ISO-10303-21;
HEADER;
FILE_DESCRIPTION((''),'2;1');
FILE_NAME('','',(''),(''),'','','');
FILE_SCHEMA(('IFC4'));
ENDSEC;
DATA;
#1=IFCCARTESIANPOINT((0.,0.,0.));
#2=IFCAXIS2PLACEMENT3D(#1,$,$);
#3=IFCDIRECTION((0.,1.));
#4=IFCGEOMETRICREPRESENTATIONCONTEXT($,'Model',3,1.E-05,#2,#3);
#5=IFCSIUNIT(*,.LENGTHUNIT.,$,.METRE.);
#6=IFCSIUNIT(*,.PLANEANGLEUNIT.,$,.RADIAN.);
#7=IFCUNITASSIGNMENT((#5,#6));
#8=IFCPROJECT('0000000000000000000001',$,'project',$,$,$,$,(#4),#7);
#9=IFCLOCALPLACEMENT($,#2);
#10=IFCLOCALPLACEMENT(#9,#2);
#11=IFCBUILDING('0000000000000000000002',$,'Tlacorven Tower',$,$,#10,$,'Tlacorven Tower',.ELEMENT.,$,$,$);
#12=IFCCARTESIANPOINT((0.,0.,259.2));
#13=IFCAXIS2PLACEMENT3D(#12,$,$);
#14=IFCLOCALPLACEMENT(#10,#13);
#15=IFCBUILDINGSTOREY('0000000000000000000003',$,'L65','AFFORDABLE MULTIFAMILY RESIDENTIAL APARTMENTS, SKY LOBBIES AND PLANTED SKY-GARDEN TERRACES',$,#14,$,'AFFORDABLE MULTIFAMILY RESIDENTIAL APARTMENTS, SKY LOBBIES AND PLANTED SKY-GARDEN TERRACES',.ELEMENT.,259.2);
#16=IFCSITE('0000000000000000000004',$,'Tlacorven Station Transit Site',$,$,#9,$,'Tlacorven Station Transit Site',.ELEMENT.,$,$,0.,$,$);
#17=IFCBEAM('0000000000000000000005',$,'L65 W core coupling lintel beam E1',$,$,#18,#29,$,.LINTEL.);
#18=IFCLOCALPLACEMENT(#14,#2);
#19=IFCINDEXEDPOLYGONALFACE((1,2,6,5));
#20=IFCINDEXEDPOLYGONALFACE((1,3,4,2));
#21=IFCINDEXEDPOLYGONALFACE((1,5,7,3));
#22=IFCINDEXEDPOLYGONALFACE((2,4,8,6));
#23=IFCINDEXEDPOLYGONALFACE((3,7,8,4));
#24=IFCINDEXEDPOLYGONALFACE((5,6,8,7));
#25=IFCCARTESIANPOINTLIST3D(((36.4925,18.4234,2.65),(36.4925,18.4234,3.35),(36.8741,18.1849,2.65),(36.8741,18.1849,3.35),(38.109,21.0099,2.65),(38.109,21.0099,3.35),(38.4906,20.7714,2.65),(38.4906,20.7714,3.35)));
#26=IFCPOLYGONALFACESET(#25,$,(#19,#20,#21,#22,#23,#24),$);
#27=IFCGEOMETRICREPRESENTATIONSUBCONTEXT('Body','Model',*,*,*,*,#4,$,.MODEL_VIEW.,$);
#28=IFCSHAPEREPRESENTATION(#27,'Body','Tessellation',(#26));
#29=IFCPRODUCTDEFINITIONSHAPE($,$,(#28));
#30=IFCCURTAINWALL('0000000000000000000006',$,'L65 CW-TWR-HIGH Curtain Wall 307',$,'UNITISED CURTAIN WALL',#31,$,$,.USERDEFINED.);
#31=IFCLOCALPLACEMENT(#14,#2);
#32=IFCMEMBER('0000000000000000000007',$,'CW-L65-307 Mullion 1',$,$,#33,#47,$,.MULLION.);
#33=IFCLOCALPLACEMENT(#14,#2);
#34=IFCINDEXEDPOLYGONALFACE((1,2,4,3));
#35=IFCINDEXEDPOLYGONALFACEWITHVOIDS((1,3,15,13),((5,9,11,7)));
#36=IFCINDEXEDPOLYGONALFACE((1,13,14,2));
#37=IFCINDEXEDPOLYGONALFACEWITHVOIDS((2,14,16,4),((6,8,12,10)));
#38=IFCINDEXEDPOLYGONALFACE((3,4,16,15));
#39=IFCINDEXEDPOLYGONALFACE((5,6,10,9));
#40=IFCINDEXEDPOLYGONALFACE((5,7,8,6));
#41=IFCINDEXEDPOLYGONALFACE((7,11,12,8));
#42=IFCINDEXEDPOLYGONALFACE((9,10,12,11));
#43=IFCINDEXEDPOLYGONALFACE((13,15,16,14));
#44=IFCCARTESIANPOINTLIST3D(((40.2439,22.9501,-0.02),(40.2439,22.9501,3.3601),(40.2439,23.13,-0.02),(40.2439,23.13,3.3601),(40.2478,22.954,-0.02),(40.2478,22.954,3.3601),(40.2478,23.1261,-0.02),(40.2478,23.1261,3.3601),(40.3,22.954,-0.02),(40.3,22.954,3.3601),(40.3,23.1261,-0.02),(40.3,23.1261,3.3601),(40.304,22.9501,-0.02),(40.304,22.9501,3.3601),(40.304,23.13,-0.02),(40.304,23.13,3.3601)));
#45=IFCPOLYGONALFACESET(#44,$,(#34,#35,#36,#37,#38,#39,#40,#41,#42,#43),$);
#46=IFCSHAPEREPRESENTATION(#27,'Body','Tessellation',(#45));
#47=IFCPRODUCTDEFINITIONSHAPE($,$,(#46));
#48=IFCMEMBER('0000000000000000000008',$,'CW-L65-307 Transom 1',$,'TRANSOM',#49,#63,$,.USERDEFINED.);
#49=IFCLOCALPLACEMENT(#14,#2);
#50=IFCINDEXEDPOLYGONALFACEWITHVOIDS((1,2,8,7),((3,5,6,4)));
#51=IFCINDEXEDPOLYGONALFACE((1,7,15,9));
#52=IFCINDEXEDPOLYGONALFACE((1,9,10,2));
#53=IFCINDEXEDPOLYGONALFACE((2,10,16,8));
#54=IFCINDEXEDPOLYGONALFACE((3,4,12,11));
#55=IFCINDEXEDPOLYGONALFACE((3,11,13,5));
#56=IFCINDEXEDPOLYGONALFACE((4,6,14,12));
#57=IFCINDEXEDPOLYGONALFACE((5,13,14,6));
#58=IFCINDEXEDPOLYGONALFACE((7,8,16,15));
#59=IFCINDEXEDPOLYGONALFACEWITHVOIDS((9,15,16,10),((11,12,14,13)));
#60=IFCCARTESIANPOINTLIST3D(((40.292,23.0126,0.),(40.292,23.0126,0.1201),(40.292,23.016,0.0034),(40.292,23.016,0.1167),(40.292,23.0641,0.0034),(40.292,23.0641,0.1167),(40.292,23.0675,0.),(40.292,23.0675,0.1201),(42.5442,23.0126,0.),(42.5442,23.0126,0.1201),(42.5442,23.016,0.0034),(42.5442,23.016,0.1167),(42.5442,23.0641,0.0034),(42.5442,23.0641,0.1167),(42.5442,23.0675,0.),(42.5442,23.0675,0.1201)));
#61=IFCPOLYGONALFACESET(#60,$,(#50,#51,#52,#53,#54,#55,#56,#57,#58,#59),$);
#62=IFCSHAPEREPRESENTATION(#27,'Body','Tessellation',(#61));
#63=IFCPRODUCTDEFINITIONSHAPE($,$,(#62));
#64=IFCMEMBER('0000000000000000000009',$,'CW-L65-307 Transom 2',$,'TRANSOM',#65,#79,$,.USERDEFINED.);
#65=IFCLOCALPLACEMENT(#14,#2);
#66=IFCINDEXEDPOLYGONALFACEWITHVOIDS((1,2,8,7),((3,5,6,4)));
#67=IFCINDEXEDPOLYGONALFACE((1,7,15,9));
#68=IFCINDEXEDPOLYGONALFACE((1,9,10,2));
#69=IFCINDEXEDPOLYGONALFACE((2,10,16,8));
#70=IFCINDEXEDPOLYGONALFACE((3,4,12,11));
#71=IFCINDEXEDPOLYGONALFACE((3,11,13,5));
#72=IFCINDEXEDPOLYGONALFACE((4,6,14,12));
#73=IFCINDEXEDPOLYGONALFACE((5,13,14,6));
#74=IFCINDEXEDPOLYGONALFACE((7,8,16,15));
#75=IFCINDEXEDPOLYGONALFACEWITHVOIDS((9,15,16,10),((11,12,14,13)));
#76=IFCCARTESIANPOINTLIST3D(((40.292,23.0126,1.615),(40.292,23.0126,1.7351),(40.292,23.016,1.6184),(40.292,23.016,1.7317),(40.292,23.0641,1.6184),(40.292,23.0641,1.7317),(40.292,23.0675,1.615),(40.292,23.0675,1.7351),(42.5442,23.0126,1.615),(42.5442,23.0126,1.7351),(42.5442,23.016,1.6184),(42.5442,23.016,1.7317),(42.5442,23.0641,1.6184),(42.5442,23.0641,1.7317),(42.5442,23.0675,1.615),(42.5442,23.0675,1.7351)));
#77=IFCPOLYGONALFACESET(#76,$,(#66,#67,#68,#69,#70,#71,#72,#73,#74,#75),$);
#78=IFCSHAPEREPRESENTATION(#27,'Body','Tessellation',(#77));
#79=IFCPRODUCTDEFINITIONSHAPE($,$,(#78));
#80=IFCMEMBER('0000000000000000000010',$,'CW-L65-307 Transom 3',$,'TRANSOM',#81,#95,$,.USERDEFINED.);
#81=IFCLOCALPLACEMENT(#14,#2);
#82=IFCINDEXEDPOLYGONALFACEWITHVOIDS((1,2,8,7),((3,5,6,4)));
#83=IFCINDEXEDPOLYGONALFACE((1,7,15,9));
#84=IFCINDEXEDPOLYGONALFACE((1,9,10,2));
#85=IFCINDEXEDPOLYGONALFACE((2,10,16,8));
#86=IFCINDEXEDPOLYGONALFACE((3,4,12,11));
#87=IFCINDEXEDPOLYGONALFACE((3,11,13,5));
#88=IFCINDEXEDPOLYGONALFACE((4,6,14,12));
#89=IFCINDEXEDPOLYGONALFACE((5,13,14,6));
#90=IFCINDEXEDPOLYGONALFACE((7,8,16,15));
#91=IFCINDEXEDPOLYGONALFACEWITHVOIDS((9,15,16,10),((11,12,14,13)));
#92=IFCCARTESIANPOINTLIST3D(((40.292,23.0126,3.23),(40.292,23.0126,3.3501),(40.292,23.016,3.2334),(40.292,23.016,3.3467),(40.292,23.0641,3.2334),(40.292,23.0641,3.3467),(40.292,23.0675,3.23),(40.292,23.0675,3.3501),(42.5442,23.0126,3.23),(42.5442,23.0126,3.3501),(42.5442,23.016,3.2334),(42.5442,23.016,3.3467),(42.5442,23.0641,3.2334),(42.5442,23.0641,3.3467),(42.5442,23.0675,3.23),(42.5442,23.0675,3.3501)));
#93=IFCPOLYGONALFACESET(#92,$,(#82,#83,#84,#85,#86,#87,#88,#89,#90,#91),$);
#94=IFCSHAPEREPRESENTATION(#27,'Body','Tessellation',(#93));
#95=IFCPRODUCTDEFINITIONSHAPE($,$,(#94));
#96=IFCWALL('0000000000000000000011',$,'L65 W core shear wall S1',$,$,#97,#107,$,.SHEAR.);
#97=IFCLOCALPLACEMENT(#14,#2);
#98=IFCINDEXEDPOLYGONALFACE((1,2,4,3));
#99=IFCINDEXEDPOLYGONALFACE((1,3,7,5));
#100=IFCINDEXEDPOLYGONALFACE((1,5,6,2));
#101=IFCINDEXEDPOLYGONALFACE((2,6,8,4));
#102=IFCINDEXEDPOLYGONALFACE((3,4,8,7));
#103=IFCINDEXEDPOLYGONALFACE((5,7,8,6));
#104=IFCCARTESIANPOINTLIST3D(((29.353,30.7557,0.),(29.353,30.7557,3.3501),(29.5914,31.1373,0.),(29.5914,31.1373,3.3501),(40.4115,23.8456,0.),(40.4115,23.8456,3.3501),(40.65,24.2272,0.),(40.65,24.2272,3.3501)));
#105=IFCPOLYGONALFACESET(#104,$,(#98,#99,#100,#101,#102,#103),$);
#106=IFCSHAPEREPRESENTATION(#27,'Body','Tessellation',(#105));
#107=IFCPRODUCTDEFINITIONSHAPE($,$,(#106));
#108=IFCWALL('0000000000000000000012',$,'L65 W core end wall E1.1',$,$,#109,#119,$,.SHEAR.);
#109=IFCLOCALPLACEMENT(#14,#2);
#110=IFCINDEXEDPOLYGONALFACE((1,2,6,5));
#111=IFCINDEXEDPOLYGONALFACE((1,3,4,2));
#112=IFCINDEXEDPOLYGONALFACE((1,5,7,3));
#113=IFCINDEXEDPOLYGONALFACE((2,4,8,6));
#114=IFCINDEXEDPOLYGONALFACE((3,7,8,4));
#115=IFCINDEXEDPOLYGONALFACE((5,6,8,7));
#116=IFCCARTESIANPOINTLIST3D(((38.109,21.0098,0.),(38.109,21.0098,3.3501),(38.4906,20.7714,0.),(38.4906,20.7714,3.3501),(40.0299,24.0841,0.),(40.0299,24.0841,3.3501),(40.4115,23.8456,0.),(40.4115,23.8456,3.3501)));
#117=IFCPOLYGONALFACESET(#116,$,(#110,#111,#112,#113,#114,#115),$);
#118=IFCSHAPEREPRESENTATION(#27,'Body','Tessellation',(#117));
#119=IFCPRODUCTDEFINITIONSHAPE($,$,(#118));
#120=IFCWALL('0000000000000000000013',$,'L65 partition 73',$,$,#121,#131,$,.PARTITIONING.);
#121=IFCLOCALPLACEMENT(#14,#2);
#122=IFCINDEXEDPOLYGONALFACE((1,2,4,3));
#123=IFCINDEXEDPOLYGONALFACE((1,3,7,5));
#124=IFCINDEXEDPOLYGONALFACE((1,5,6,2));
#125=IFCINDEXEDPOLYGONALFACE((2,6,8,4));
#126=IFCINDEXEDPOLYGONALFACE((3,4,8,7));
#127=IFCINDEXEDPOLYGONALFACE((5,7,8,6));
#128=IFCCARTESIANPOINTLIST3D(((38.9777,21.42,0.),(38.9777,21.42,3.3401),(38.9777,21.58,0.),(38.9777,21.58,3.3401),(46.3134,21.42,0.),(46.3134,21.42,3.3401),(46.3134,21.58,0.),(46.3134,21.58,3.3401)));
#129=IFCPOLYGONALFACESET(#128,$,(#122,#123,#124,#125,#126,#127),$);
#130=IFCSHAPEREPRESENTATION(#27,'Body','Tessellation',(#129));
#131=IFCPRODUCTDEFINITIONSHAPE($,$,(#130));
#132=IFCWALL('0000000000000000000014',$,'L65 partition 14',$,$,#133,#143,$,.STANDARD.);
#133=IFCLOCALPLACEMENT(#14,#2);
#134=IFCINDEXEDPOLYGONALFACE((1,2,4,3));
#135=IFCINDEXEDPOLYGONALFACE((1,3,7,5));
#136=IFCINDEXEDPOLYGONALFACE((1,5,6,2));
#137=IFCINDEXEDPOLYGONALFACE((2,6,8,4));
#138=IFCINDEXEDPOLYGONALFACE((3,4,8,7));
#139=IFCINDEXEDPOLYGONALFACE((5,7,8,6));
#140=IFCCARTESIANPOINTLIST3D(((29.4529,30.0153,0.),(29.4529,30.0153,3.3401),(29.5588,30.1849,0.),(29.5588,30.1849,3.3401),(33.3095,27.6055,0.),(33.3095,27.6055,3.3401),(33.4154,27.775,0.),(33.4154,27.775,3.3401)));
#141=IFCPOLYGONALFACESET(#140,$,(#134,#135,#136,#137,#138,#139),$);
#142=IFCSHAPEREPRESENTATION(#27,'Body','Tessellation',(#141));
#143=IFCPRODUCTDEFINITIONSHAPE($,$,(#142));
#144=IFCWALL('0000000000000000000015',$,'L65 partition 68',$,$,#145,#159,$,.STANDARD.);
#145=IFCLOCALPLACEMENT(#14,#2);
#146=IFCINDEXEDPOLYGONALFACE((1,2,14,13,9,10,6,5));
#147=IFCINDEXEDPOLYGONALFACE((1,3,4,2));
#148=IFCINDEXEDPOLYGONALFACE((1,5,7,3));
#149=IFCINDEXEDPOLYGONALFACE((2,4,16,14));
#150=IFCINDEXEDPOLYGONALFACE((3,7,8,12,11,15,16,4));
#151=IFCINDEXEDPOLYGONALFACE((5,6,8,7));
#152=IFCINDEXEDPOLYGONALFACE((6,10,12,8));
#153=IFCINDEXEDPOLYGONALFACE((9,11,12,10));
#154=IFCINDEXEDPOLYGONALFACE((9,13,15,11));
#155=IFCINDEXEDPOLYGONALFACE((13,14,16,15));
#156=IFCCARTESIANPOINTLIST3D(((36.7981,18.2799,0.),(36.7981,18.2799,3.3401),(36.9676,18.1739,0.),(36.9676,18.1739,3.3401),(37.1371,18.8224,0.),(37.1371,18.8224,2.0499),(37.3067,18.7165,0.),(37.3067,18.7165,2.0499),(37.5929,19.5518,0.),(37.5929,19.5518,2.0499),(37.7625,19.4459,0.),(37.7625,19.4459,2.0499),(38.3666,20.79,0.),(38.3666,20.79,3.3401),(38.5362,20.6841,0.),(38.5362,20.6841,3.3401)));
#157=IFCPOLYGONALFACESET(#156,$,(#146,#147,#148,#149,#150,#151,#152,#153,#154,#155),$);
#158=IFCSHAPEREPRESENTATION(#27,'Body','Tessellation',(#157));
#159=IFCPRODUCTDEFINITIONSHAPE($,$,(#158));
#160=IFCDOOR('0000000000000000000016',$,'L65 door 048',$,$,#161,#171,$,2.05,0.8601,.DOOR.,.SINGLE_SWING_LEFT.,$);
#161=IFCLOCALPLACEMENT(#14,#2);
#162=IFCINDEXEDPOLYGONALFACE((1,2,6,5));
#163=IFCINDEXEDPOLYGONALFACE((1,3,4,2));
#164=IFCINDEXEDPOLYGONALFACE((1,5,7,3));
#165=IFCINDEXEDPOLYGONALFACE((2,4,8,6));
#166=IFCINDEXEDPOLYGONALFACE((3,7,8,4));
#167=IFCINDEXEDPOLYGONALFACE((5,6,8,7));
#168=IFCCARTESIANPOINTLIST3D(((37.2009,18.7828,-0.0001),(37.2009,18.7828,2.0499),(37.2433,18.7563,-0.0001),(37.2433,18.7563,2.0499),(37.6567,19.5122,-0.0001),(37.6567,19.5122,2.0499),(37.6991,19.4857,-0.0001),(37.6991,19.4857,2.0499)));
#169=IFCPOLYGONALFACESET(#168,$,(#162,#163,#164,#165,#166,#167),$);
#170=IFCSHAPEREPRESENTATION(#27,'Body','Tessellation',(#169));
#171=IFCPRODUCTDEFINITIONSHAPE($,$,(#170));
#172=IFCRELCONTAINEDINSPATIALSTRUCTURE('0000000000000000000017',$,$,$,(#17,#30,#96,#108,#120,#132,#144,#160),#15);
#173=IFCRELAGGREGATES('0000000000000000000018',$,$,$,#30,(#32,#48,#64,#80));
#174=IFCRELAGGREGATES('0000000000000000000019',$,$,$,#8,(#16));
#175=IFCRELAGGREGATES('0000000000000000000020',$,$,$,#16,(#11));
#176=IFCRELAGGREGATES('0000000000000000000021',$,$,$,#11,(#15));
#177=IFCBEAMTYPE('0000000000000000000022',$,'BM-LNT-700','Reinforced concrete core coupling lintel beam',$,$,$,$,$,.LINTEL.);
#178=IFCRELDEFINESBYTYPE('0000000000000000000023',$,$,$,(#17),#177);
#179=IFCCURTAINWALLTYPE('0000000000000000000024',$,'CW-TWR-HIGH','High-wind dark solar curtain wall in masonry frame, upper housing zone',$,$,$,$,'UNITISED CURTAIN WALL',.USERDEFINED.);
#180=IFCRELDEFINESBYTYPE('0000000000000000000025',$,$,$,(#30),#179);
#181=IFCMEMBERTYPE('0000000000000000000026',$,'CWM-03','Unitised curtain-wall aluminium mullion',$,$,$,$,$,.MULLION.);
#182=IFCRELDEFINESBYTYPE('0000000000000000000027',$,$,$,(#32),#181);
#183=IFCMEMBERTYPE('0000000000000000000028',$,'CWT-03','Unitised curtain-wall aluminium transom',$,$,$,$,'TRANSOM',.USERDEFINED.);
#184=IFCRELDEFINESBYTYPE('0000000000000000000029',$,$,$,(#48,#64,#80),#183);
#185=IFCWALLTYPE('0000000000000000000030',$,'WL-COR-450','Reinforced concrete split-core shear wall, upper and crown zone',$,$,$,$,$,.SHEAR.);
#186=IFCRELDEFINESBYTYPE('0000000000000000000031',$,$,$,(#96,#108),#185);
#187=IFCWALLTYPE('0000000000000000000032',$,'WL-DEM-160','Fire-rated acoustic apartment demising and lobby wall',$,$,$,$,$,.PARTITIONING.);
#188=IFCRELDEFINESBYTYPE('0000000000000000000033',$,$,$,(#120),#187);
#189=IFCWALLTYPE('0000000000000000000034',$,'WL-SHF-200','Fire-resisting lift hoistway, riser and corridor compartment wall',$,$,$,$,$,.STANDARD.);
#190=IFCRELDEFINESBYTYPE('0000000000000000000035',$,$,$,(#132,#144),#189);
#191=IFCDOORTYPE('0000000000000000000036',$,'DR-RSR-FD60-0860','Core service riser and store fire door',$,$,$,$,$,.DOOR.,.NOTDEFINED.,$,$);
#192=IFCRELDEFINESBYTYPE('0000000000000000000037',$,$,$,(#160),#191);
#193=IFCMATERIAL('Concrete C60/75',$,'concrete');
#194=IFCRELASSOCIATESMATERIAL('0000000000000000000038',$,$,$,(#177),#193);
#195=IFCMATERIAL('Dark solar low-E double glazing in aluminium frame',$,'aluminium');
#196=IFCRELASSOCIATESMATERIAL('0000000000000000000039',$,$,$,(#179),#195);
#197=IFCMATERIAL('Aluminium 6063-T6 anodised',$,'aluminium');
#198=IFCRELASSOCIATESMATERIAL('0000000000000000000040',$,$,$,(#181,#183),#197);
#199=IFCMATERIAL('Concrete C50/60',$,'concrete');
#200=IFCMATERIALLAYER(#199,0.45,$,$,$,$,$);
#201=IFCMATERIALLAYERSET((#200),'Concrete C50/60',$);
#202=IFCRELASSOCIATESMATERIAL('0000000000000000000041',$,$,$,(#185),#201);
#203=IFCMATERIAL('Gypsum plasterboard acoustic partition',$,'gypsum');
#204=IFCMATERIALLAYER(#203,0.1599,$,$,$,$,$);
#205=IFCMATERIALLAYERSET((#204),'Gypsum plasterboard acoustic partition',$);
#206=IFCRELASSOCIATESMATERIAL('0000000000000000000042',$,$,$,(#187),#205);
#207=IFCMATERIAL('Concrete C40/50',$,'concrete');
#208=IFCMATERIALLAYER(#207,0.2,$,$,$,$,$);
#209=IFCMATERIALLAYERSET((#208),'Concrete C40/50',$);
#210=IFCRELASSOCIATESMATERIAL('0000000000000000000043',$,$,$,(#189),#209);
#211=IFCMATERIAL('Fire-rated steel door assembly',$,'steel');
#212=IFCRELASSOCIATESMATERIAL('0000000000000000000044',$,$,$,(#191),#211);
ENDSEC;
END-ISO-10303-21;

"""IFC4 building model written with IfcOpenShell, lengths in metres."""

from ifc_helpers import new_model, si_unit, direction, frame, frame_2d, origin, origin_2d, place, context, subcontext, project, spatial, rectangle, hollow_rectangle, extrude, source, transform, mapped, material, layer, layer_set, material_profile, profile_set, type_object, element, fill, aggregate, save


model = new_model("IFC4")

# Units and contexts
model_context = context("Model", 3, precision=1e-05, world=origin(), true_north=direction((0.0, 1.0)))
body_context = subcontext(model_context, "Body", "Model", "MODEL_VIEW")
ifc_project = project(units=[si_unit("LENGTHUNIT", "METRE"), si_unit("PLANEANGLEUNIT", "RADIAN")], contexts=[model_context])

# Site, building, storey
site_placement = place(None, origin())
site = spatial("IfcSite", under=ifc_project, at=site_placement, Name="Tlacorven Station Transit Site", LongName="Tlacorven Station Transit Site", CompositionType="ELEMENT", RefElevation=0.0)
building_placement = place(site_placement, origin())
building = spatial("IfcBuilding", under=site, at=building_placement, Name="Tlacorven Tower", LongName="Tlacorven Tower", CompositionType="ELEMENT")
storey_placement = place(building_placement, frame((0.0, 0.0, 259.2)))
storey = spatial("IfcBuildingStorey", under=building, at=storey_placement, Name="L65", Description="AFFORDABLE MULTIFAMILY RESIDENTIAL APARTMENTS, SKY LOBBIES AND PLANTED SKY-GARDEN TERRACES", LongName="AFFORDABLE MULTIFAMILY RESIDENTIAL APARTMENTS, SKY LOBBIES AND PLANTED SKY-GARDEN TERRACES", CompositionType="ELEMENT", Elevation=259.2)

# Beam
ifc_material_1 = material(Name="Concrete C60/75", Category="concrete")
ifc_material_profile_1 = material_profile(ifc_material_1, rectangle(XDim=0.45, YDim=0.7, at=origin_2d()), Name="RC 450X700")
ifc_profile_set_1 = profile_set([ifc_material_profile_1], Name="Concrete C60/75")
beam_type = type_object("IfcBeamType", Name="BM-LNT-700", Description="Reinforced concrete core coupling lintel beam", PredefinedType="LINTEL", material=ifc_profile_set_1)
shared_shape_1 = source(origin(), body_context, "Body", "SweptSolid", [
    extrude(rectangle(XDim=0.45, YDim=0.7, at=origin_2d()), origin(), (0.0, 0.0, 1.0), 3.05),
])
beam_placement = place(storey_placement, frame((38.2998, 20.8906, 3.0), z_axis=(-0.529985, -0.848007, 0.0), x_axis=(0.848007, -0.529985, 0.0)))
element("IfcBeam", 1, at=beam_placement, inside=storey, type_object=beam_type, Name="L65 W core coupling lintel beam E1", PredefinedType="LINTEL", context=body_context, shape_type="MappedRepresentation", body=[
    mapped(shared_shape_1, transform((0.0, 0.0, 0.0), scale=1.0)),
])

# Curtain wall, members
ifc_material_2 = material(Name="Dark solar low-E double glazing in aluminium frame", Category="aluminium")
curtain_wall_type = type_object("IfcCurtainWallType", Name="CW-TWR-HIGH", Description="High-wind dark solar curtain wall in masonry frame, upper housing zone", ElementType="UNITISED CURTAIN WALL", PredefinedType="USERDEFINED", material=ifc_material_2)
curtain_wall_placement = place(storey_placement, origin())
curtain_wall = element("IfcCurtainWall", 2, at=curtain_wall_placement, inside=storey, type_object=curtain_wall_type, Name="L65 CW-TWR-HIGH Curtain Wall 307", ObjectType="UNITISED CURTAIN WALL", PredefinedType="USERDEFINED")
ifc_material_3 = material(Name="Aluminium 6063-T6 anodised", Category="aluminium")
ifc_material_profile_2 = material_profile(ifc_material_3, hollow_rectangle(XDim=0.0601, YDim=0.1799, WallThickness=0.0039, at=origin_2d()), Name="ALU MULLION 60X180")
ifc_profile_set_2 = profile_set([ifc_material_profile_2], Name="Aluminium 6063-T6 anodised")
member_type_1 = type_object("IfcMemberType", Name="CWM-03", Description="Unitised curtain-wall aluminium mullion", PredefinedType="MULLION", material=ifc_profile_set_2)
shared_shape_2 = source(origin(), body_context, "Body", "SweptSolid", [
    extrude(hollow_rectangle(XDim=0.0601, YDim=0.1799, WallThickness=0.0039, at=origin_2d()), origin(), (0.0, 0.0, 1.0), 3.3801),
])
member_1_placement = place(storey_placement, frame((40.2739, 23.04, -0.02), z_axis=(0.0, 0.0, 1.0), x_axis=(1.0, 0.0, 0.0)))
member_1 = element("IfcMember", 3, at=member_1_placement, type_object=member_type_1, Name="CW-L65-307 Mullion 1", PredefinedType="MULLION", context=body_context, shape_type="MappedRepresentation", body=[
    mapped(shared_shape_2, transform((0.0, 0.0, 0.0), scale=1.0)),
])
ifc_material_profile_3 = material_profile(ifc_material_3, hollow_rectangle(XDim=0.0549, YDim=0.1201, WallThickness=0.0034, at=origin_2d()), Name="ALU TRANSOM 55X120")
ifc_profile_set_3 = profile_set([ifc_material_profile_3], Name="Aluminium 6063-T6 anodised")
member_type_2 = type_object("IfcMemberType", Name="CWT-03", Description="Unitised curtain-wall aluminium transom", ElementType="TRANSOM", PredefinedType="USERDEFINED", material=ifc_profile_set_3)
shared_shape_3 = source(origin(), body_context, "Body", "SweptSolid", [
    extrude(hollow_rectangle(XDim=0.0549, YDim=0.1201, WallThickness=0.0034, at=origin_2d()), origin(), (0.0, 0.0, 1.0), 2.2522),
])
member_2_placement = place(storey_placement, frame((40.292, 23.04, 0.0601), z_axis=(1.0, 0.0, 0.0), x_axis=(0.0, 1.0, 0.0)))
member_2 = element("IfcMember", 4, at=member_2_placement, type_object=member_type_2, Name="CW-L65-307 Transom 1", ObjectType="TRANSOM", PredefinedType="USERDEFINED", context=body_context, shape_type="MappedRepresentation", body=[
    mapped(shared_shape_3, transform((0.0, 0.0, 0.0), scale=1.0)),
])
member_3_placement = place(storey_placement, frame((40.292, 23.04, 1.675), z_axis=(1.0, 0.0, 0.0), x_axis=(0.0, 1.0, 0.0)))
member_3 = element("IfcMember", 5, at=member_3_placement, type_object=member_type_2, Name="CW-L65-307 Transom 2", ObjectType="TRANSOM", PredefinedType="USERDEFINED", context=body_context, shape_type="MappedRepresentation", body=[
    mapped(shared_shape_3, transform((0.0, 0.0, 0.0), scale=1.0)),
])
member_4_placement = place(storey_placement, frame((40.292, 23.04, 3.29), z_axis=(1.0, 0.0, 0.0), x_axis=(0.0, 1.0, 0.0)))
member_4 = element("IfcMember", 6, at=member_4_placement, type_object=member_type_2, Name="CW-L65-307 Transom 3", ObjectType="TRANSOM", PredefinedType="USERDEFINED", context=body_context, shape_type="MappedRepresentation", body=[
    mapped(shared_shape_3, transform((0.0, 0.0, 0.0), scale=1.0)),
])
aggregate(curtain_wall, [member_1, member_2, member_3, member_4])

# Walls
ifc_material_4 = material(Name="Concrete C50/60", Category="concrete")
ifc_layer_1 = layer(ifc_material_4, 0.45)
ifc_layer_set_1 = layer_set([ifc_layer_1], Name="Concrete C50/60")
wall_type_1 = type_object("IfcWallType", Name="WL-COR-450", Description="Reinforced concrete split-core shear wall, upper and crown zone", PredefinedType="SHEAR", material=ifc_layer_set_1)
wall_1_placement = place(storey_placement, frame((40.5308, 24.0364, 0.0), z_axis=(0.0, 0.0, 1.0), x_axis=(-0.848049, 0.529918, 0.0)))
element("IfcWall", 7, at=wall_1_placement, inside=storey, type_object=wall_type_1, Name="L65 W core shear wall S1", PredefinedType="SHEAR", context=body_context, shape_type="SweptSolid", body=[
    extrude(rectangle(XDim=13.04, YDim=0.45, at=frame_2d((6.52, 0.0))), origin(), (0.0, 0.0, 1.0), 3.3501),
])
wall_2_placement = place(storey_placement, frame((40.2207, 23.9648, 0.0), z_axis=(0.0, 0.0, 1.0), x_axis=(-0.529902, -0.848059, 0.0)))
element("IfcWall", 8, at=wall_2_placement, inside=storey, type_object=wall_type_1, Name="L65 W core end wall E1.1", PredefinedType="SHEAR", context=body_context, shape_type="SweptSolid", body=[
    extrude(rectangle(XDim=3.625, YDim=0.45, at=frame_2d((1.8125, 0.0))), origin(), (0.0, 0.0, 1.0), 3.3501),
])
ifc_material_5 = material(Name="Gypsum plasterboard acoustic partition", Category="gypsum")
ifc_layer_2 = layer(ifc_material_5, 0.1599)
ifc_layer_set_2 = layer_set([ifc_layer_2], Name="Gypsum plasterboard acoustic partition")
wall_type_2 = type_object("IfcWallType", Name="WL-DEM-160", Description="Fire-rated acoustic apartment demising and lobby wall", PredefinedType="PARTITIONING", material=ifc_layer_set_2)
wall_3_placement = place(storey_placement, frame((38.9775, 21.5, 0.0), z_axis=(0.0, 0.0, 1.0), x_axis=(1.0, 0.0, 0.0)))
element("IfcWall", 9, at=wall_3_placement, inside=storey, type_object=wall_type_2, Name="L65 partition 73", PredefinedType="PARTITIONING", context=body_context, shape_type="SweptSolid", body=[
    extrude(rectangle(XDim=7.3357, YDim=0.1599, at=frame_2d((3.668, 0.0))), origin(), (0.0, 0.0, 1.0), 3.3401),
])
ifc_material_6 = material(Name="Concrete C40/50", Category="concrete")
ifc_layer_3 = layer(ifc_material_6, 0.2)
ifc_layer_set_3 = layer_set([ifc_layer_3], Name="Concrete C40/50")
wall_type_3 = type_object("IfcWallType", Name="WL-SHF-200", Description="Fire-resisting lift hoistway, riser and corridor compartment wall", PredefinedType="STANDARD", material=ifc_layer_set_3)
wall_4_placement = place(storey_placement, frame((33.3625, 27.6902, 0.0), z_axis=(0.0, 0.0, 1.0), x_axis=(-0.84805, 0.529917, 0.0)))
element("IfcWall", 10, at=wall_4_placement, inside=storey, type_object=wall_type_3, Name="L65 partition 14", PredefinedType="STANDARD", context=body_context, shape_type="SweptSolid", body=[
    extrude(rectangle(XDim=4.5476, YDim=0.2, at=frame_2d((2.2739, 0.0))), origin(), (0.0, 0.0, 1.0), 3.3401),
])

# Wall, opening, door
wall_5_placement = place(storey_placement, frame((38.4514, 20.7371, 0.0), z_axis=(0.0, 0.0, 1.0), x_axis=(-0.529925, -0.848045, 0.0)))
wall_5 = element("IfcWall", 11, at=wall_5_placement, inside=storey, type_object=wall_type_3, Name="L65 partition 68", PredefinedType="STANDARD", context=body_context, shape_type="SweptSolid", body=[
    extrude(rectangle(XDim=2.96, YDim=0.2, at=frame_2d((1.48, 0.0))), origin(), (0.0, 0.0, 1.0), 3.3401),
])
opening_1_placement = place(wall_5_placement, frame((1.46, 0.0, 0.0)))
opening_1 = element("IfcOpeningElement", 12, at=opening_1_placement, cuts=wall_5, PredefinedType="OPENING", context=body_context, shape_type="SweptSolid", body=[
    extrude(rectangle(XDim=0.8601, YDim=2.05, at=frame_2d((0.4302, 1.0249))), frame((0.0, 0.1099, 0.0), z_axis=(0.0, -1.0, 0.0), x_axis=(1.0, 0.0, 0.0)), (0.0, 0.0, 1.0), 0.22),
])
ifc_material_7 = material(Name="Fire-rated steel door assembly", Category="steel")
door_type_1 = type_object("IfcDoorType", Name="DR-RSR-FD60-0860", Description="Core service riser and store fire door", OperationType="NOTDEFINED", PredefinedType="DOOR", material=ifc_material_7)
shared_shape_4 = source(origin(), body_context, "Body", "SweptSolid", [
    extrude(rectangle(XDim=0.8601, YDim=2.05, at=frame_2d((0.4302, 1.0249))), frame((0.0, 0.0249, 0.0), z_axis=(0.0, -1.0, 0.0), x_axis=(1.0, 0.0, 0.0)), (0.0, 0.0, 1.0), 0.05),
])
door_1_placement = place(opening_1_placement, frame((0.8601, 0.0, 0.0), z_axis=(0.0, 0.0, 1.0), x_axis=(-1.0, 0.0, 0.0)))
door_1 = element("IfcDoor", 13, at=door_1_placement, inside=storey, type_object=door_type_1, Name="L65 door 048", OperationType="SINGLE_SWING_LEFT", OverallHeight=2.05, OverallWidth=0.8601, PredefinedType="DOOR", context=body_context, shape_type="MappedRepresentation", body=[
    mapped(shared_shape_4, transform((0.0, 0.0, 0.0), scale=1.0)),
])
fill(opening_1, door_1)

save(model, "model.ifc")
